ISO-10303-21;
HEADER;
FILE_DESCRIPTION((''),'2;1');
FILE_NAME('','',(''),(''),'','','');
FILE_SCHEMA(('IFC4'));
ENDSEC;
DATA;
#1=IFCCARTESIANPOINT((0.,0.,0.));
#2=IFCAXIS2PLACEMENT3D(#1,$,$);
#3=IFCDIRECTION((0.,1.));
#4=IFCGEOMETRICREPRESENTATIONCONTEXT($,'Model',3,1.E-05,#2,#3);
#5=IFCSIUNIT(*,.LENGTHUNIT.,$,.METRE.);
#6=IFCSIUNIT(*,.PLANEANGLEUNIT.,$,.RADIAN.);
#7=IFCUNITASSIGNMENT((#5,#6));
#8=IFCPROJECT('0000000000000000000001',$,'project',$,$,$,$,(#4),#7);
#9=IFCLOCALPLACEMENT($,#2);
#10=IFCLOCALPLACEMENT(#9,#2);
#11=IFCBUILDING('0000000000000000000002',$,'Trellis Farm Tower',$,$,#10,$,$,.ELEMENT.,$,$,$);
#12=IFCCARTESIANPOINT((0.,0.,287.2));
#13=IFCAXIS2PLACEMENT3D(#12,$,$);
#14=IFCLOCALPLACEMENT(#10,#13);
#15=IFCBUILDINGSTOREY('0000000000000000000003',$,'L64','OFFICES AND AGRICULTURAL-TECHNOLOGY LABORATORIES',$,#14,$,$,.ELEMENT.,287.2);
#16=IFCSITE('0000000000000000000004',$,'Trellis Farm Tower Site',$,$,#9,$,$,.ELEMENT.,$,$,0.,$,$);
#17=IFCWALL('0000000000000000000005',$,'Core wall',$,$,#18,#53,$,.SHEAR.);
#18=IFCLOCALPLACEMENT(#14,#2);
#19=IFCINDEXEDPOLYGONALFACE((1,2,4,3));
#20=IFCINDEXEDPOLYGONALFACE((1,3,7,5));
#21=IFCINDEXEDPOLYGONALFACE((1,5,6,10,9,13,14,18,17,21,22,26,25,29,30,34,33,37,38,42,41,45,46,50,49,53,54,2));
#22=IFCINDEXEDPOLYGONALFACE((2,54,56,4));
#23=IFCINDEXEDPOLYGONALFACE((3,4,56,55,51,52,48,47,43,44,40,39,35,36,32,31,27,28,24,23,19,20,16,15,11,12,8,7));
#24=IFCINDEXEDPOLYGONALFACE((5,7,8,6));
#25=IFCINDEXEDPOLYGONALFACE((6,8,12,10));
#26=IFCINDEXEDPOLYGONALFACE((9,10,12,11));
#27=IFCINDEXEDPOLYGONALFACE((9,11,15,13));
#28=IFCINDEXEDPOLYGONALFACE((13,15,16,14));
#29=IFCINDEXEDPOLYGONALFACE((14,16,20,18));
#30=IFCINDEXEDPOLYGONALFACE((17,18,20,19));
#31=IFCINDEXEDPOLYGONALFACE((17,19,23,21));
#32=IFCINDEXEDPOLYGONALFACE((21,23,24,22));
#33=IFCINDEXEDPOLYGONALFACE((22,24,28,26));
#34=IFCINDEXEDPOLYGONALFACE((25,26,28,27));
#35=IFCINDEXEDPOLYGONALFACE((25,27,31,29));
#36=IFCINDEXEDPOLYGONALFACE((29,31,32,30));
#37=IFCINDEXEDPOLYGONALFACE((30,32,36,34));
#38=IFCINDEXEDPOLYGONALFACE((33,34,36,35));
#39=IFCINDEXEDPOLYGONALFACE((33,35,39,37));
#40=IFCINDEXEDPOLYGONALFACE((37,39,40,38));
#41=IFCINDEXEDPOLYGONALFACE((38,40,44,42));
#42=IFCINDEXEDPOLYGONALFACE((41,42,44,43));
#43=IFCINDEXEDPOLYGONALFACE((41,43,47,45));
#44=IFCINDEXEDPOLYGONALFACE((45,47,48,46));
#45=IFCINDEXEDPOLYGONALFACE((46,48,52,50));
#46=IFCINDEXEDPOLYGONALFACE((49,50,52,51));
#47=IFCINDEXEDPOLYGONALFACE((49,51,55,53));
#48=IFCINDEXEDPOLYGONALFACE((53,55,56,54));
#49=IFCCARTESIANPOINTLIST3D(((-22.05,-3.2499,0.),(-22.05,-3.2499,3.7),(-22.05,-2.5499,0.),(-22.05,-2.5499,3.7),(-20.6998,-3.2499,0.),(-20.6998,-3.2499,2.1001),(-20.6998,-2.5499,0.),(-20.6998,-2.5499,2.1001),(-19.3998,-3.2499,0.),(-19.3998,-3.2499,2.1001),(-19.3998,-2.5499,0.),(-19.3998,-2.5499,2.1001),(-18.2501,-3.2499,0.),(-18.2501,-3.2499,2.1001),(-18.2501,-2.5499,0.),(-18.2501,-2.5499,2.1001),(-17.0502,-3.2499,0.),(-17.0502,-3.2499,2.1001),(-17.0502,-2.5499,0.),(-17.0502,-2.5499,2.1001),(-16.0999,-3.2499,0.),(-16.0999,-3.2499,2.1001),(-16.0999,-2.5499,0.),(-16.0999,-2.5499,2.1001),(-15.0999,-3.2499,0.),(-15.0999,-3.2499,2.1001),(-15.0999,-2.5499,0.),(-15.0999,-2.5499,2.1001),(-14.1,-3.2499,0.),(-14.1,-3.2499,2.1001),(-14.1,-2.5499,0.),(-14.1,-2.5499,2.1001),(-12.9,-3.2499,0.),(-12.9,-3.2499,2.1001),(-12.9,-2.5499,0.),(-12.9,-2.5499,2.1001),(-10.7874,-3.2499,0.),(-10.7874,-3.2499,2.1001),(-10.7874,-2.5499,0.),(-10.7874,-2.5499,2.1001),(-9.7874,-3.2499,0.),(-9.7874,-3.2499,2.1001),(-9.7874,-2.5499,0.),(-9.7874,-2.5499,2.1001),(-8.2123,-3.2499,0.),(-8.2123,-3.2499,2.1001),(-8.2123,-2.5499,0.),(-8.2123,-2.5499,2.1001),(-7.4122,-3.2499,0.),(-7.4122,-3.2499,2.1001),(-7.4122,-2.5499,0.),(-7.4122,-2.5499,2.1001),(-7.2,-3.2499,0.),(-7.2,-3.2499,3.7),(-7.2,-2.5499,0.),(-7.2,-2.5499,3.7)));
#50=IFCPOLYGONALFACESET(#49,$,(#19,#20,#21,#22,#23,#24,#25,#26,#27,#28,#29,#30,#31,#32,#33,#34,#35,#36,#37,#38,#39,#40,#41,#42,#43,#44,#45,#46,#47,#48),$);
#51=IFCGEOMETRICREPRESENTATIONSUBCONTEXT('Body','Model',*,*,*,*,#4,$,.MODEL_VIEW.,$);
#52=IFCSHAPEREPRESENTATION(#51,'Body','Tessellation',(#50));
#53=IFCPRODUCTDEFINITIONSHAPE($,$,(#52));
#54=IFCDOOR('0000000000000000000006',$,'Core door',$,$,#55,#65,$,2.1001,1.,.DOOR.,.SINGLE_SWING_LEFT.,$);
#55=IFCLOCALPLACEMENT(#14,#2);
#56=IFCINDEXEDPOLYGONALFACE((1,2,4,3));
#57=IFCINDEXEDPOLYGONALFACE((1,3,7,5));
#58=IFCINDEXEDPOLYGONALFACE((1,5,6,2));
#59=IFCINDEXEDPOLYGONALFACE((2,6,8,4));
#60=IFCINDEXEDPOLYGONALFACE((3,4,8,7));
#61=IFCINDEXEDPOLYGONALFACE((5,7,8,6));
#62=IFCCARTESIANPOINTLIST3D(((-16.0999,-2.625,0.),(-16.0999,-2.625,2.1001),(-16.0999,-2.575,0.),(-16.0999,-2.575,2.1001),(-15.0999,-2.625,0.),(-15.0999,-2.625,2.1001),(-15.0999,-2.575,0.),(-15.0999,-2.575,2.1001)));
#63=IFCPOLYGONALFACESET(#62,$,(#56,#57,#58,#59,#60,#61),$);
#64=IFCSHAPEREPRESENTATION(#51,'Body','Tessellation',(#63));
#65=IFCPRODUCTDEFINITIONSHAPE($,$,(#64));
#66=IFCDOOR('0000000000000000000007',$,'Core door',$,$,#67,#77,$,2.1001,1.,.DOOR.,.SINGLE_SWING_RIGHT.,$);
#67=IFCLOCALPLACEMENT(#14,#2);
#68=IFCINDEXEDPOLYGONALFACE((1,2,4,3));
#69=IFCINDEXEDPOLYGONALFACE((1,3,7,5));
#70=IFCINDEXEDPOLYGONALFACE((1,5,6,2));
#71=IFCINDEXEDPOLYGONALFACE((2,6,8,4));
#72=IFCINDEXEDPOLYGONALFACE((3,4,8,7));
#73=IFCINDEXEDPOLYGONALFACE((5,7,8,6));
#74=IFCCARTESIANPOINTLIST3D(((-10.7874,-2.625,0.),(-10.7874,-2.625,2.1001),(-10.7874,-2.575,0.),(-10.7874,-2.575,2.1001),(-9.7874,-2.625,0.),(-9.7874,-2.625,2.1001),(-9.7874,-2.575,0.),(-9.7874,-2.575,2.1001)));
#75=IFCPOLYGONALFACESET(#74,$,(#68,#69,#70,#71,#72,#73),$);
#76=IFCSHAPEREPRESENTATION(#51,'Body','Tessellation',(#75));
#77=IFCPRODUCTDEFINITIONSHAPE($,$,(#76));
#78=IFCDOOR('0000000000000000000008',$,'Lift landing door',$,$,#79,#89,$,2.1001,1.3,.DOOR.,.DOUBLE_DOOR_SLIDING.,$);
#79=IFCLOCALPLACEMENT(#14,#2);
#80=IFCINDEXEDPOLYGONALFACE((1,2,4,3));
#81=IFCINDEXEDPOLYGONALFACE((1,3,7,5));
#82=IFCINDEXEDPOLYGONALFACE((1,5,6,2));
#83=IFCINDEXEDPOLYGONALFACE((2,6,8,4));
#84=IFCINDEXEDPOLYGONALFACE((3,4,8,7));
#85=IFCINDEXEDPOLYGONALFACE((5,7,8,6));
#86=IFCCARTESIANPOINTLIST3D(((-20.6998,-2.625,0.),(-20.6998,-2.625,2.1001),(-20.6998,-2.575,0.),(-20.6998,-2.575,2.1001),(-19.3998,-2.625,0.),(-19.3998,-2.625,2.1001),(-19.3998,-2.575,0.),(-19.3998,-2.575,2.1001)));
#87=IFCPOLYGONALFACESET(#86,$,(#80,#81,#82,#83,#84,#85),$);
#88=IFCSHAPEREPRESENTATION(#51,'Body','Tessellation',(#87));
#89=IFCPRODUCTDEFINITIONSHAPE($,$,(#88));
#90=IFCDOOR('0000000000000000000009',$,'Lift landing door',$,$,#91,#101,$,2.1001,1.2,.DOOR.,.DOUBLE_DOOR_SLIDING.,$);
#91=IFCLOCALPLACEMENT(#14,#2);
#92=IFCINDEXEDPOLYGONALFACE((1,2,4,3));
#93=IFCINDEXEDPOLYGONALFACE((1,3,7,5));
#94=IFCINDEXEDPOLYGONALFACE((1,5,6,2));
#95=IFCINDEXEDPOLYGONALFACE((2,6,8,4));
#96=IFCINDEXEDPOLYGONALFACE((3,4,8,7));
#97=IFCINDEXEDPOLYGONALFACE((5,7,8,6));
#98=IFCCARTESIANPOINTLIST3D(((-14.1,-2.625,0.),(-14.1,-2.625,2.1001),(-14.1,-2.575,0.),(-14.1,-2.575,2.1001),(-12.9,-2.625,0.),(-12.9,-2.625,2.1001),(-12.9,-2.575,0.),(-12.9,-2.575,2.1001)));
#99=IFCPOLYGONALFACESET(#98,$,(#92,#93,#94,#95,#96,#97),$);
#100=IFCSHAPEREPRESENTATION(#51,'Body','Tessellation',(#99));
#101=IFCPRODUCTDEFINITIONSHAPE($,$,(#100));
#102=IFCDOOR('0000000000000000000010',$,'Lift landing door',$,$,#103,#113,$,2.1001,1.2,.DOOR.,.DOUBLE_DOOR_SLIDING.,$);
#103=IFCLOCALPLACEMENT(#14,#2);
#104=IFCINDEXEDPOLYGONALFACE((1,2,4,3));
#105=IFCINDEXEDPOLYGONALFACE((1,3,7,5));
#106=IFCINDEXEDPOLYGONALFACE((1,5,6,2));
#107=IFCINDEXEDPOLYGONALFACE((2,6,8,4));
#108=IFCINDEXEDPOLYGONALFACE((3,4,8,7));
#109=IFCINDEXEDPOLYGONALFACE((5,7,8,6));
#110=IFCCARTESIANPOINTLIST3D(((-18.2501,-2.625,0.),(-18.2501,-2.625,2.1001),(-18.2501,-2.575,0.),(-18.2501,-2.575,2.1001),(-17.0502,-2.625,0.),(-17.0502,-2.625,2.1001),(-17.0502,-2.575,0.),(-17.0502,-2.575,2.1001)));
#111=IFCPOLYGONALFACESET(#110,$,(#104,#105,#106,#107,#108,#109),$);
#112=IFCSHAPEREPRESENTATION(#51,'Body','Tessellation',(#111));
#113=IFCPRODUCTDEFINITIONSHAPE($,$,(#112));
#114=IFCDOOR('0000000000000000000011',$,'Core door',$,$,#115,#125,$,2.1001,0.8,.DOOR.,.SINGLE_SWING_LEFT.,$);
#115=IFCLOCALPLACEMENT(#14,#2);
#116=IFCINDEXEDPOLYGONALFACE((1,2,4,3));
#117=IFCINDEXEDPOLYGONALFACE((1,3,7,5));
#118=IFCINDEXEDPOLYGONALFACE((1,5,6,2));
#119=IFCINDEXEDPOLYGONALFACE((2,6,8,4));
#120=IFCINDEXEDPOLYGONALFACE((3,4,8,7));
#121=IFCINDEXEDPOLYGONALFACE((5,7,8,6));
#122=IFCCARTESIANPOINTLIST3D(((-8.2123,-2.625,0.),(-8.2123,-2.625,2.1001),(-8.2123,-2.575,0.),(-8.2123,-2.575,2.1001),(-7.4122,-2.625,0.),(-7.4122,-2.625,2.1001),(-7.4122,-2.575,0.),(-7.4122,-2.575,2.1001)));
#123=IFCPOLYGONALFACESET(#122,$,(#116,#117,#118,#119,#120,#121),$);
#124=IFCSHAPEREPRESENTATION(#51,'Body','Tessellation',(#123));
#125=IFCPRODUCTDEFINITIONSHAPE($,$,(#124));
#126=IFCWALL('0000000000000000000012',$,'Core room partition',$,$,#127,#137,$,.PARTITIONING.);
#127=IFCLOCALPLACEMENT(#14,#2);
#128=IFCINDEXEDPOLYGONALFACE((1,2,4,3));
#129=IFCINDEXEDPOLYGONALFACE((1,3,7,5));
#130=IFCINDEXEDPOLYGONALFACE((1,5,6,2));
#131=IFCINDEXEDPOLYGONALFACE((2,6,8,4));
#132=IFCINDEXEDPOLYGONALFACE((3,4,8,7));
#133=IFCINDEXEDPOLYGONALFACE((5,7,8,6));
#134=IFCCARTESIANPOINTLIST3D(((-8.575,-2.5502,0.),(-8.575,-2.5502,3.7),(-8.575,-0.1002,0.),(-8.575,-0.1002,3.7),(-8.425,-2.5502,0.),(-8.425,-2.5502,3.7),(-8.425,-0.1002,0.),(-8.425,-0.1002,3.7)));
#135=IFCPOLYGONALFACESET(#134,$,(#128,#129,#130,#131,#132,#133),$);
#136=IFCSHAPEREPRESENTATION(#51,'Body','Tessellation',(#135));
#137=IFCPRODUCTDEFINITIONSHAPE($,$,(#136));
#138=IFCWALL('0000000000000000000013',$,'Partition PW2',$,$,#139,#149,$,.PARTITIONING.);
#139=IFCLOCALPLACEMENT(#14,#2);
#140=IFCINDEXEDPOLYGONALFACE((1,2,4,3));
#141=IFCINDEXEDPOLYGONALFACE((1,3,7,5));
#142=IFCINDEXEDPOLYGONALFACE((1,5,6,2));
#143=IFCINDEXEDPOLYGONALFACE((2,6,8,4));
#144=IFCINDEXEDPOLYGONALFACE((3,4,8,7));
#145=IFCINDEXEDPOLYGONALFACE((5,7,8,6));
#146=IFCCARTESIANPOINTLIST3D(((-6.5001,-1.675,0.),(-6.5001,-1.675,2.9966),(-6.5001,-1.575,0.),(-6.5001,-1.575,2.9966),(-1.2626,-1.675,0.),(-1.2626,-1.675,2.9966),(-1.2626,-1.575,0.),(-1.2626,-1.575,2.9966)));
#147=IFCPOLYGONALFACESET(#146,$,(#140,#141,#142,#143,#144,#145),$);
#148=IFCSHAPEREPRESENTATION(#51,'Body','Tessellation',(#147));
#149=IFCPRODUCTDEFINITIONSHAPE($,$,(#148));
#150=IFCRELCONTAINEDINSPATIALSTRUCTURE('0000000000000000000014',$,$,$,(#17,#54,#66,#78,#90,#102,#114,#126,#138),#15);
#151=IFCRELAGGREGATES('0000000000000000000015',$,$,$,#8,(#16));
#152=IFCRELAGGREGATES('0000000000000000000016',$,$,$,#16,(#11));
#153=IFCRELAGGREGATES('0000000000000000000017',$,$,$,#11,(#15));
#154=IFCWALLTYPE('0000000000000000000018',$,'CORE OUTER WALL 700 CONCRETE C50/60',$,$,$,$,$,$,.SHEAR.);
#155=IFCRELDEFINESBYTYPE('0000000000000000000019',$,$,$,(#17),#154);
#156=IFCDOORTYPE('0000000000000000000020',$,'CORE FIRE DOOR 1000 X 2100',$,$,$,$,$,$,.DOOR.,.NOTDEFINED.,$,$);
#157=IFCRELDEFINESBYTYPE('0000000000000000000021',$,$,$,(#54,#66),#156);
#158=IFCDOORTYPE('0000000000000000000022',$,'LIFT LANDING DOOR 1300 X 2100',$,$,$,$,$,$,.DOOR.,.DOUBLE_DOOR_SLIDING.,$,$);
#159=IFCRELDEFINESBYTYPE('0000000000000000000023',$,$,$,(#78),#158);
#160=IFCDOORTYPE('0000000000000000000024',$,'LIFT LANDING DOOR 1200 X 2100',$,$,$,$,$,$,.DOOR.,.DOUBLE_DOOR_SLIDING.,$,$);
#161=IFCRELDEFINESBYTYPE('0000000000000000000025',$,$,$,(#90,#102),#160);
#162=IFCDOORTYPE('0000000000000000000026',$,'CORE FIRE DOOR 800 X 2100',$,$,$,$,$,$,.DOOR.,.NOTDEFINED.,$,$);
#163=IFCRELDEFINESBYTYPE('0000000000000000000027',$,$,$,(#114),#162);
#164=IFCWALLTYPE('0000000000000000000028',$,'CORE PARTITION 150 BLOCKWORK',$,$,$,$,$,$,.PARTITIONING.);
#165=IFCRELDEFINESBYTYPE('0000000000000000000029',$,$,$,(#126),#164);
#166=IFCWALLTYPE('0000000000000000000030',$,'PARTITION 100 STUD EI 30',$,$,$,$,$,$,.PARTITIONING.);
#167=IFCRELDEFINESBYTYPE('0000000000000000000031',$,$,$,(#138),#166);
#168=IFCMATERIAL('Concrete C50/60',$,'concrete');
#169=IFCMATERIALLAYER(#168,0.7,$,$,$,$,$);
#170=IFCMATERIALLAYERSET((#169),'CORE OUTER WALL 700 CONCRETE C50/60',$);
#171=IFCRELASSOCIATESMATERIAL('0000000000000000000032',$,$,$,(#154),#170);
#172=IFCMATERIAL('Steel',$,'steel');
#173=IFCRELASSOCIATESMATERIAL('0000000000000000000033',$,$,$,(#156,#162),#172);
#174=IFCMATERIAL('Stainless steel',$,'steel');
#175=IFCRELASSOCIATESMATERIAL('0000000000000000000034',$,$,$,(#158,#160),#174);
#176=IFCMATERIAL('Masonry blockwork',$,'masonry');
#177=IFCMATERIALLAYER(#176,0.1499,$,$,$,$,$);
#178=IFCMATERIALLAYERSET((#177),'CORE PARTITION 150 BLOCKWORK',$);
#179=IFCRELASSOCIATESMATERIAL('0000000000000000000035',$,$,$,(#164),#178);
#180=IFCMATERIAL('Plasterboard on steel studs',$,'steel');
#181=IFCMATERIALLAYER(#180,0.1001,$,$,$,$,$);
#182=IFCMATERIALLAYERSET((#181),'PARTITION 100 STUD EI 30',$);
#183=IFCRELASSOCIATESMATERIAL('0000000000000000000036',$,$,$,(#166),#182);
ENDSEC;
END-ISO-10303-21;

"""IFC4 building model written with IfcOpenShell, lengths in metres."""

from ifc_helpers import new_model, si_unit, direction, frame, frame_2d, origin, place, context, subcontext, project, spatial, rectangle, extrude, source, transform, mapped, material, layer, layer_set, type_object, element, fill, save


model = new_model("IFC4")

# Units and contexts
model_context = context("Model", 3, precision=1e-05, world=origin(), true_north=direction((0.0, 1.0)))
body_context = subcontext(model_context, "Body", "Model", "MODEL_VIEW")
ifc_project = project(units=[si_unit("LENGTHUNIT", "METRE"), si_unit("PLANEANGLEUNIT", "RADIAN")], contexts=[model_context])

# Site, building, storey
site_placement = place(None, origin())
site = spatial("IfcSite", under=ifc_project, at=site_placement, Name="Trellis Farm Tower Site", CompositionType="ELEMENT", RefElevation=0.0)
building_placement = place(site_placement, origin())
building = spatial("IfcBuilding", under=site, at=building_placement, Name="Trellis Farm Tower", CompositionType="ELEMENT")
storey_placement = place(building_placement, frame((0.0, 0.0, 287.2)))
storey = spatial("IfcBuildingStorey", under=building, at=storey_placement, Name="L64", Description="OFFICES AND AGRICULTURAL-TECHNOLOGY LABORATORIES", CompositionType="ELEMENT", Elevation=287.2)

# Shared definitions
ifc_material_1 = material(Name="Concrete C50/60", Category="concrete")

# Shared definitions
ifc_material_2 = material(Name="Masonry blockwork", Category="masonry")
ifc_material_3 = material(Name="Steel", Category="steel")

# Wall, openings, doors
ifc_layer_1 = layer(ifc_material_1, 0.7)
ifc_layer_set_1 = layer_set([ifc_layer_1], Name="CORE OUTER WALL 700 CONCRETE C50/60")
wall_type_1 = type_object("IfcWallType", Name="CORE OUTER WALL 700 CONCRETE C50/60", PredefinedType="SHEAR", material=ifc_layer_set_1)
shared_shape_1 = source(origin(), body_context, "Body", "SweptSolid", [
    extrude(rectangle(XDim=14.8501, YDim=0.7, at=frame_2d((7.425, 0.0))), origin(), (0.0, 0.0, 1.0), 3.7),
])
wall_1_placement = place(storey_placement, frame((-7.2, -2.8999, 0.0), z_axis=(0.0, 0.0, 1.0), x_axis=(-1.0, 0.0, 0.0)))
wall_1 = element("IfcWall", 1, at=wall_1_placement, inside=storey, type_object=wall_type_1, Name="Core wall", PredefinedType="SHEAR", context=body_context, shape_type="MappedRepresentation", body=[
    mapped(shared_shape_1, transform((0.0, 0.0, 0.0))),
])
shared_shape_2 = source(origin(), body_context, "Body", "SweptSolid", [
    extrude(rectangle(XDim=1.2, YDim=2.1001, at=frame_2d((0.6001, 1.05))), frame((0.0, 0.3601, 0.0), z_axis=(0.0, -1.0, 0.0), x_axis=(1.0, 0.0, 0.0)), (0.0, 0.0, 1.0), 0.7202),
])
opening_1_placement = place(wall_1_placement, frame((5.7, 0.0, 0.0)))
opening_1 = element("IfcOpeningElement", 2, at=opening_1_placement, cuts=wall_1, PredefinedType="OPENING", context=body_context, shape_type="MappedRepresentation", body=[
    mapped(shared_shape_2, transform((0.0, 0.0, 0.0))),
])
shared_shape_3 = source(origin(), body_context, "Body", "SweptSolid", [
    extrude(rectangle(XDim=1.3, YDim=2.1001, at=frame_2d((0.6499, 1.05))), frame((0.0, 0.3601, 0.0), z_axis=(0.0, -1.0, 0.0), x_axis=(1.0, 0.0, 0.0)), (0.0, 0.0, 1.0), 0.7202),
])
opening_2_placement = place(wall_1_placement, frame((12.2, 0.0, 0.0)))
opening_2 = element("IfcOpeningElement", 3, at=opening_2_placement, cuts=wall_1, PredefinedType="OPENING", context=body_context, shape_type="MappedRepresentation", body=[
    mapped(shared_shape_3, transform((0.0, 0.0, 0.0))),
])
opening_3_placement = place(wall_1_placement, frame((9.8501, 0.0, 0.0)))
opening_3 = element("IfcOpeningElement", 4, at=opening_3_placement, cuts=wall_1, PredefinedType="OPENING", context=body_context, shape_type="MappedRepresentation", body=[
    mapped(shared_shape_2, transform((0.0, 0.0, 0.0))),
])
shared_shape_4 = source(origin(), body_context, "Body", "SweptSolid", [
    extrude(rectangle(XDim=1.0, YDim=2.1001, at=frame_2d((0.5, 1.05))), frame((0.0, 0.3601, 0.0), z_axis=(0.0, -1.0, 0.0), x_axis=(1.0, 0.0, 0.0)), (0.0, 0.0, 1.0), 0.7202),
])
opening_4_placement = place(wall_1_placement, frame((7.8999, 0.0, 0.0)))
opening_4 = element("IfcOpeningElement", 5, at=opening_4_placement, cuts=wall_1, PredefinedType="OPENING", context=body_context, shape_type="MappedRepresentation", body=[
    mapped(shared_shape_4, transform((0.0, 0.0, 0.0))),
])
shared_shape_5 = source(origin(), body_context, "Body", "SweptSolid", [
    extrude(rectangle(XDim=0.8, YDim=2.1001, at=frame_2d((0.3999, 1.05))), frame((0.0, 0.3601, 0.0), z_axis=(0.0, -1.0, 0.0), x_axis=(1.0, 0.0, 0.0)), (0.0, 0.0, 1.0), 0.7202),
])
opening_5_placement = place(wall_1_placement, frame((0.2124, 0.0, 0.0)))
opening_5 = element("IfcOpeningElement", 6, at=opening_5_placement, cuts=wall_1, PredefinedType="OPENING", context=body_context, shape_type="MappedRepresentation", body=[
    mapped(shared_shape_5, transform((0.0, 0.0, 0.0))),
])
opening_6_placement = place(wall_1_placement, frame((2.5874, 0.0, 0.0)))
opening_6 = element("IfcOpeningElement", 7, at=opening_6_placement, cuts=wall_1, PredefinedType="OPENING", context=body_context, shape_type="MappedRepresentation", body=[
    mapped(shared_shape_4, transform((0.0, 0.0, 0.0))),
])
door_type_1 = type_object("IfcDoorType", Name="CORE FIRE DOOR 1000 X 2100", OperationType="NOTDEFINED", PredefinedType="DOOR", material=ifc_material_3)
shared_shape_6 = source(origin(), body_context, "Body", "SweptSolid", [
    extrude(rectangle(XDim=1.0, YDim=2.1001, at=frame_2d((0.5, 1.05))), frame((0.0, -0.2749, 0.0), z_axis=(0.0, -1.0, 0.0), x_axis=(1.0, 0.0, 0.0)), (0.0, 0.0, 1.0), 0.05),
])
door_1_placement = place(opening_4_placement, origin())
door_1 = element("IfcDoor", 8, at=door_1_placement, inside=storey, type_object=door_type_1, Name="Core door", OperationType="SINGLE_SWING_LEFT", OverallHeight=2.1001, OverallWidth=1.0, PredefinedType="DOOR", context=body_context, shape_type="MappedRepresentation", body=[
    mapped(shared_shape_6, transform((0.0, 0.0, 0.0))),
])
fill(opening_4, door_1)
door_2_placement = place(opening_6_placement, origin())
door_2 = element("IfcDoor", 9, at=door_2_placement, inside=storey, type_object=door_type_1, Name="Core door", OperationType="SINGLE_SWING_RIGHT", OverallHeight=2.1001, OverallWidth=1.0, PredefinedType="DOOR", context=body_context, shape_type="MappedRepresentation", body=[
    mapped(shared_shape_6, transform((0.0, 0.0, 0.0))),
])
fill(opening_6, door_2)
ifc_material_4 = material(Name="Stainless steel", Category="steel")
door_type_2 = type_object("IfcDoorType", Name="LIFT LANDING DOOR 1300 X 2100", OperationType="DOUBLE_DOOR_SLIDING", PredefinedType="DOOR", material=ifc_material_4)
shared_shape_7 = source(origin(), body_context, "Body", "SweptSolid", [
    extrude(rectangle(XDim=1.3, YDim=2.1001, at=frame_2d((0.6499, 1.05))), frame((0.0, -0.2749, 0.0), z_axis=(0.0, -1.0, 0.0), x_axis=(1.0, 0.0, 0.0)), (0.0, 0.0, 1.0), 0.05),
])
door_3_placement = place(opening_2_placement, origin())
door_3 = element("IfcDoor", 10, at=door_3_placement, inside=storey, type_object=door_type_2, Name="Lift landing door", OperationType="DOUBLE_DOOR_SLIDING", OverallHeight=2.1001, OverallWidth=1.3, PredefinedType="DOOR", context=body_context, shape_type="MappedRepresentation", body=[
    mapped(shared_shape_7, transform((0.0, 0.0, 0.0))),
])
fill(opening_2, door_3)
door_type_3 = type_object("IfcDoorType", Name="LIFT LANDING DOOR 1200 X 2100", OperationType="DOUBLE_DOOR_SLIDING", PredefinedType="DOOR", material=ifc_material_4)
shared_shape_8 = source(origin(), body_context, "Body", "SweptSolid", [
    extrude(rectangle(XDim=1.2, YDim=2.1001, at=frame_2d((0.6001, 1.05))), frame((0.0, -0.2749, 0.0), z_axis=(0.0, -1.0, 0.0), x_axis=(1.0, 0.0, 0.0)), (0.0, 0.0, 1.0), 0.05),
])
door_4_placement = place(opening_1_placement, origin())
door_4 = element("IfcDoor", 11, at=door_4_placement, inside=storey, type_object=door_type_3, Name="Lift landing door", OperationType="DOUBLE_DOOR_SLIDING", OverallHeight=2.1001, OverallWidth=1.2, PredefinedType="DOOR", context=body_context, shape_type="MappedRepresentation", body=[
    mapped(shared_shape_8, transform((0.0, 0.0, 0.0))),
])
fill(opening_1, door_4)
door_5_placement = place(opening_3_placement, origin())
door_5 = element("IfcDoor", 12, at=door_5_placement, inside=storey, type_object=door_type_3, Name="Lift landing door", OperationType="DOUBLE_DOOR_SLIDING", OverallHeight=2.1001, OverallWidth=1.2, PredefinedType="DOOR", context=body_context, shape_type="MappedRepresentation", body=[
    mapped(shared_shape_8, transform((0.0, 0.0, 0.0))),
])
fill(opening_3, door_5)
door_type_4 = type_object("IfcDoorType", Name="CORE FIRE DOOR 800 X 2100", OperationType="NOTDEFINED", PredefinedType="DOOR", material=ifc_material_3)
shared_shape_9 = source(origin(), body_context, "Body", "SweptSolid", [
    extrude(rectangle(XDim=0.8, YDim=2.1001, at=frame_2d((0.3999, 1.05))), frame((0.0, -0.2749, 0.0), z_axis=(0.0, -1.0, 0.0), x_axis=(1.0, 0.0, 0.0)), (0.0, 0.0, 1.0), 0.05),
])
door_6_placement = place(opening_5_placement, origin())
door_6 = element("IfcDoor", 13, at=door_6_placement, inside=storey, type_object=door_type_4, Name="Core door", OperationType="SINGLE_SWING_LEFT", OverallHeight=2.1001, OverallWidth=0.8, PredefinedType="DOOR", context=body_context, shape_type="MappedRepresentation", body=[
    mapped(shared_shape_9, transform((0.0, 0.0, 0.0))),
])
fill(opening_5, door_6)

# Walls
ifc_layer_2 = layer(ifc_material_2, 0.1499)
ifc_layer_set_2 = layer_set([ifc_layer_2], Name="CORE PARTITION 150 BLOCKWORK")
wall_type_2 = type_object("IfcWallType", Name="CORE PARTITION 150 BLOCKWORK", PredefinedType="PARTITIONING", material=ifc_layer_set_2)
shared_shape_10 = source(origin(), body_context, "Body", "SweptSolid", [
    extrude(rectangle(XDim=2.45, YDim=0.1499, at=frame_2d((1.2251, 0.0))), origin(), (0.0, 0.0, 1.0), 3.7),
])
wall_2_placement = place(storey_placement, frame((-8.5, -0.1001, 0.0), z_axis=(0.0, 0.0, 1.0), x_axis=(0.0, -1.0, 0.0)))
element("IfcWall", 14, at=wall_2_placement, inside=storey, type_object=wall_type_2, Name="Core room partition", PredefinedType="PARTITIONING", context=body_context, shape_type="MappedRepresentation", body=[
    mapped(shared_shape_10, transform((0.0, 0.0, 0.0))),
])
ifc_material_5 = material(Name="Plasterboard on steel studs", Category="steel")
ifc_layer_3 = layer(ifc_material_5, 0.1001)
ifc_layer_set_3 = layer_set([ifc_layer_3], Name="PARTITION 100 STUD EI 30")
wall_type_3 = type_object("IfcWallType", Name="PARTITION 100 STUD EI 30", PredefinedType="PARTITIONING", material=ifc_layer_set_3)
shared_shape_11 = source(origin(), body_context, "Body", "SweptSolid", [
    extrude(rectangle(XDim=5.2375, YDim=0.1001, at=frame_2d((2.6187, 0.0))), origin(), (0.0, 0.0, 1.0), 2.9966),
])
wall_3_placement = place(storey_placement, frame((-6.5, -1.625, 0.0), z_axis=(0.0, 0.0, 1.0), x_axis=(1.0, 0.0, 0.0)))
element("IfcWall", 15, at=wall_3_placement, inside=storey, type_object=wall_type_3, Name="Partition PW2", PredefinedType="PARTITIONING", context=body_context, shape_type="MappedRepresentation", body=[
    mapped(shared_shape_11, transform((0.0, 0.0, 0.0))),
])

save(model, "model.ifc")
